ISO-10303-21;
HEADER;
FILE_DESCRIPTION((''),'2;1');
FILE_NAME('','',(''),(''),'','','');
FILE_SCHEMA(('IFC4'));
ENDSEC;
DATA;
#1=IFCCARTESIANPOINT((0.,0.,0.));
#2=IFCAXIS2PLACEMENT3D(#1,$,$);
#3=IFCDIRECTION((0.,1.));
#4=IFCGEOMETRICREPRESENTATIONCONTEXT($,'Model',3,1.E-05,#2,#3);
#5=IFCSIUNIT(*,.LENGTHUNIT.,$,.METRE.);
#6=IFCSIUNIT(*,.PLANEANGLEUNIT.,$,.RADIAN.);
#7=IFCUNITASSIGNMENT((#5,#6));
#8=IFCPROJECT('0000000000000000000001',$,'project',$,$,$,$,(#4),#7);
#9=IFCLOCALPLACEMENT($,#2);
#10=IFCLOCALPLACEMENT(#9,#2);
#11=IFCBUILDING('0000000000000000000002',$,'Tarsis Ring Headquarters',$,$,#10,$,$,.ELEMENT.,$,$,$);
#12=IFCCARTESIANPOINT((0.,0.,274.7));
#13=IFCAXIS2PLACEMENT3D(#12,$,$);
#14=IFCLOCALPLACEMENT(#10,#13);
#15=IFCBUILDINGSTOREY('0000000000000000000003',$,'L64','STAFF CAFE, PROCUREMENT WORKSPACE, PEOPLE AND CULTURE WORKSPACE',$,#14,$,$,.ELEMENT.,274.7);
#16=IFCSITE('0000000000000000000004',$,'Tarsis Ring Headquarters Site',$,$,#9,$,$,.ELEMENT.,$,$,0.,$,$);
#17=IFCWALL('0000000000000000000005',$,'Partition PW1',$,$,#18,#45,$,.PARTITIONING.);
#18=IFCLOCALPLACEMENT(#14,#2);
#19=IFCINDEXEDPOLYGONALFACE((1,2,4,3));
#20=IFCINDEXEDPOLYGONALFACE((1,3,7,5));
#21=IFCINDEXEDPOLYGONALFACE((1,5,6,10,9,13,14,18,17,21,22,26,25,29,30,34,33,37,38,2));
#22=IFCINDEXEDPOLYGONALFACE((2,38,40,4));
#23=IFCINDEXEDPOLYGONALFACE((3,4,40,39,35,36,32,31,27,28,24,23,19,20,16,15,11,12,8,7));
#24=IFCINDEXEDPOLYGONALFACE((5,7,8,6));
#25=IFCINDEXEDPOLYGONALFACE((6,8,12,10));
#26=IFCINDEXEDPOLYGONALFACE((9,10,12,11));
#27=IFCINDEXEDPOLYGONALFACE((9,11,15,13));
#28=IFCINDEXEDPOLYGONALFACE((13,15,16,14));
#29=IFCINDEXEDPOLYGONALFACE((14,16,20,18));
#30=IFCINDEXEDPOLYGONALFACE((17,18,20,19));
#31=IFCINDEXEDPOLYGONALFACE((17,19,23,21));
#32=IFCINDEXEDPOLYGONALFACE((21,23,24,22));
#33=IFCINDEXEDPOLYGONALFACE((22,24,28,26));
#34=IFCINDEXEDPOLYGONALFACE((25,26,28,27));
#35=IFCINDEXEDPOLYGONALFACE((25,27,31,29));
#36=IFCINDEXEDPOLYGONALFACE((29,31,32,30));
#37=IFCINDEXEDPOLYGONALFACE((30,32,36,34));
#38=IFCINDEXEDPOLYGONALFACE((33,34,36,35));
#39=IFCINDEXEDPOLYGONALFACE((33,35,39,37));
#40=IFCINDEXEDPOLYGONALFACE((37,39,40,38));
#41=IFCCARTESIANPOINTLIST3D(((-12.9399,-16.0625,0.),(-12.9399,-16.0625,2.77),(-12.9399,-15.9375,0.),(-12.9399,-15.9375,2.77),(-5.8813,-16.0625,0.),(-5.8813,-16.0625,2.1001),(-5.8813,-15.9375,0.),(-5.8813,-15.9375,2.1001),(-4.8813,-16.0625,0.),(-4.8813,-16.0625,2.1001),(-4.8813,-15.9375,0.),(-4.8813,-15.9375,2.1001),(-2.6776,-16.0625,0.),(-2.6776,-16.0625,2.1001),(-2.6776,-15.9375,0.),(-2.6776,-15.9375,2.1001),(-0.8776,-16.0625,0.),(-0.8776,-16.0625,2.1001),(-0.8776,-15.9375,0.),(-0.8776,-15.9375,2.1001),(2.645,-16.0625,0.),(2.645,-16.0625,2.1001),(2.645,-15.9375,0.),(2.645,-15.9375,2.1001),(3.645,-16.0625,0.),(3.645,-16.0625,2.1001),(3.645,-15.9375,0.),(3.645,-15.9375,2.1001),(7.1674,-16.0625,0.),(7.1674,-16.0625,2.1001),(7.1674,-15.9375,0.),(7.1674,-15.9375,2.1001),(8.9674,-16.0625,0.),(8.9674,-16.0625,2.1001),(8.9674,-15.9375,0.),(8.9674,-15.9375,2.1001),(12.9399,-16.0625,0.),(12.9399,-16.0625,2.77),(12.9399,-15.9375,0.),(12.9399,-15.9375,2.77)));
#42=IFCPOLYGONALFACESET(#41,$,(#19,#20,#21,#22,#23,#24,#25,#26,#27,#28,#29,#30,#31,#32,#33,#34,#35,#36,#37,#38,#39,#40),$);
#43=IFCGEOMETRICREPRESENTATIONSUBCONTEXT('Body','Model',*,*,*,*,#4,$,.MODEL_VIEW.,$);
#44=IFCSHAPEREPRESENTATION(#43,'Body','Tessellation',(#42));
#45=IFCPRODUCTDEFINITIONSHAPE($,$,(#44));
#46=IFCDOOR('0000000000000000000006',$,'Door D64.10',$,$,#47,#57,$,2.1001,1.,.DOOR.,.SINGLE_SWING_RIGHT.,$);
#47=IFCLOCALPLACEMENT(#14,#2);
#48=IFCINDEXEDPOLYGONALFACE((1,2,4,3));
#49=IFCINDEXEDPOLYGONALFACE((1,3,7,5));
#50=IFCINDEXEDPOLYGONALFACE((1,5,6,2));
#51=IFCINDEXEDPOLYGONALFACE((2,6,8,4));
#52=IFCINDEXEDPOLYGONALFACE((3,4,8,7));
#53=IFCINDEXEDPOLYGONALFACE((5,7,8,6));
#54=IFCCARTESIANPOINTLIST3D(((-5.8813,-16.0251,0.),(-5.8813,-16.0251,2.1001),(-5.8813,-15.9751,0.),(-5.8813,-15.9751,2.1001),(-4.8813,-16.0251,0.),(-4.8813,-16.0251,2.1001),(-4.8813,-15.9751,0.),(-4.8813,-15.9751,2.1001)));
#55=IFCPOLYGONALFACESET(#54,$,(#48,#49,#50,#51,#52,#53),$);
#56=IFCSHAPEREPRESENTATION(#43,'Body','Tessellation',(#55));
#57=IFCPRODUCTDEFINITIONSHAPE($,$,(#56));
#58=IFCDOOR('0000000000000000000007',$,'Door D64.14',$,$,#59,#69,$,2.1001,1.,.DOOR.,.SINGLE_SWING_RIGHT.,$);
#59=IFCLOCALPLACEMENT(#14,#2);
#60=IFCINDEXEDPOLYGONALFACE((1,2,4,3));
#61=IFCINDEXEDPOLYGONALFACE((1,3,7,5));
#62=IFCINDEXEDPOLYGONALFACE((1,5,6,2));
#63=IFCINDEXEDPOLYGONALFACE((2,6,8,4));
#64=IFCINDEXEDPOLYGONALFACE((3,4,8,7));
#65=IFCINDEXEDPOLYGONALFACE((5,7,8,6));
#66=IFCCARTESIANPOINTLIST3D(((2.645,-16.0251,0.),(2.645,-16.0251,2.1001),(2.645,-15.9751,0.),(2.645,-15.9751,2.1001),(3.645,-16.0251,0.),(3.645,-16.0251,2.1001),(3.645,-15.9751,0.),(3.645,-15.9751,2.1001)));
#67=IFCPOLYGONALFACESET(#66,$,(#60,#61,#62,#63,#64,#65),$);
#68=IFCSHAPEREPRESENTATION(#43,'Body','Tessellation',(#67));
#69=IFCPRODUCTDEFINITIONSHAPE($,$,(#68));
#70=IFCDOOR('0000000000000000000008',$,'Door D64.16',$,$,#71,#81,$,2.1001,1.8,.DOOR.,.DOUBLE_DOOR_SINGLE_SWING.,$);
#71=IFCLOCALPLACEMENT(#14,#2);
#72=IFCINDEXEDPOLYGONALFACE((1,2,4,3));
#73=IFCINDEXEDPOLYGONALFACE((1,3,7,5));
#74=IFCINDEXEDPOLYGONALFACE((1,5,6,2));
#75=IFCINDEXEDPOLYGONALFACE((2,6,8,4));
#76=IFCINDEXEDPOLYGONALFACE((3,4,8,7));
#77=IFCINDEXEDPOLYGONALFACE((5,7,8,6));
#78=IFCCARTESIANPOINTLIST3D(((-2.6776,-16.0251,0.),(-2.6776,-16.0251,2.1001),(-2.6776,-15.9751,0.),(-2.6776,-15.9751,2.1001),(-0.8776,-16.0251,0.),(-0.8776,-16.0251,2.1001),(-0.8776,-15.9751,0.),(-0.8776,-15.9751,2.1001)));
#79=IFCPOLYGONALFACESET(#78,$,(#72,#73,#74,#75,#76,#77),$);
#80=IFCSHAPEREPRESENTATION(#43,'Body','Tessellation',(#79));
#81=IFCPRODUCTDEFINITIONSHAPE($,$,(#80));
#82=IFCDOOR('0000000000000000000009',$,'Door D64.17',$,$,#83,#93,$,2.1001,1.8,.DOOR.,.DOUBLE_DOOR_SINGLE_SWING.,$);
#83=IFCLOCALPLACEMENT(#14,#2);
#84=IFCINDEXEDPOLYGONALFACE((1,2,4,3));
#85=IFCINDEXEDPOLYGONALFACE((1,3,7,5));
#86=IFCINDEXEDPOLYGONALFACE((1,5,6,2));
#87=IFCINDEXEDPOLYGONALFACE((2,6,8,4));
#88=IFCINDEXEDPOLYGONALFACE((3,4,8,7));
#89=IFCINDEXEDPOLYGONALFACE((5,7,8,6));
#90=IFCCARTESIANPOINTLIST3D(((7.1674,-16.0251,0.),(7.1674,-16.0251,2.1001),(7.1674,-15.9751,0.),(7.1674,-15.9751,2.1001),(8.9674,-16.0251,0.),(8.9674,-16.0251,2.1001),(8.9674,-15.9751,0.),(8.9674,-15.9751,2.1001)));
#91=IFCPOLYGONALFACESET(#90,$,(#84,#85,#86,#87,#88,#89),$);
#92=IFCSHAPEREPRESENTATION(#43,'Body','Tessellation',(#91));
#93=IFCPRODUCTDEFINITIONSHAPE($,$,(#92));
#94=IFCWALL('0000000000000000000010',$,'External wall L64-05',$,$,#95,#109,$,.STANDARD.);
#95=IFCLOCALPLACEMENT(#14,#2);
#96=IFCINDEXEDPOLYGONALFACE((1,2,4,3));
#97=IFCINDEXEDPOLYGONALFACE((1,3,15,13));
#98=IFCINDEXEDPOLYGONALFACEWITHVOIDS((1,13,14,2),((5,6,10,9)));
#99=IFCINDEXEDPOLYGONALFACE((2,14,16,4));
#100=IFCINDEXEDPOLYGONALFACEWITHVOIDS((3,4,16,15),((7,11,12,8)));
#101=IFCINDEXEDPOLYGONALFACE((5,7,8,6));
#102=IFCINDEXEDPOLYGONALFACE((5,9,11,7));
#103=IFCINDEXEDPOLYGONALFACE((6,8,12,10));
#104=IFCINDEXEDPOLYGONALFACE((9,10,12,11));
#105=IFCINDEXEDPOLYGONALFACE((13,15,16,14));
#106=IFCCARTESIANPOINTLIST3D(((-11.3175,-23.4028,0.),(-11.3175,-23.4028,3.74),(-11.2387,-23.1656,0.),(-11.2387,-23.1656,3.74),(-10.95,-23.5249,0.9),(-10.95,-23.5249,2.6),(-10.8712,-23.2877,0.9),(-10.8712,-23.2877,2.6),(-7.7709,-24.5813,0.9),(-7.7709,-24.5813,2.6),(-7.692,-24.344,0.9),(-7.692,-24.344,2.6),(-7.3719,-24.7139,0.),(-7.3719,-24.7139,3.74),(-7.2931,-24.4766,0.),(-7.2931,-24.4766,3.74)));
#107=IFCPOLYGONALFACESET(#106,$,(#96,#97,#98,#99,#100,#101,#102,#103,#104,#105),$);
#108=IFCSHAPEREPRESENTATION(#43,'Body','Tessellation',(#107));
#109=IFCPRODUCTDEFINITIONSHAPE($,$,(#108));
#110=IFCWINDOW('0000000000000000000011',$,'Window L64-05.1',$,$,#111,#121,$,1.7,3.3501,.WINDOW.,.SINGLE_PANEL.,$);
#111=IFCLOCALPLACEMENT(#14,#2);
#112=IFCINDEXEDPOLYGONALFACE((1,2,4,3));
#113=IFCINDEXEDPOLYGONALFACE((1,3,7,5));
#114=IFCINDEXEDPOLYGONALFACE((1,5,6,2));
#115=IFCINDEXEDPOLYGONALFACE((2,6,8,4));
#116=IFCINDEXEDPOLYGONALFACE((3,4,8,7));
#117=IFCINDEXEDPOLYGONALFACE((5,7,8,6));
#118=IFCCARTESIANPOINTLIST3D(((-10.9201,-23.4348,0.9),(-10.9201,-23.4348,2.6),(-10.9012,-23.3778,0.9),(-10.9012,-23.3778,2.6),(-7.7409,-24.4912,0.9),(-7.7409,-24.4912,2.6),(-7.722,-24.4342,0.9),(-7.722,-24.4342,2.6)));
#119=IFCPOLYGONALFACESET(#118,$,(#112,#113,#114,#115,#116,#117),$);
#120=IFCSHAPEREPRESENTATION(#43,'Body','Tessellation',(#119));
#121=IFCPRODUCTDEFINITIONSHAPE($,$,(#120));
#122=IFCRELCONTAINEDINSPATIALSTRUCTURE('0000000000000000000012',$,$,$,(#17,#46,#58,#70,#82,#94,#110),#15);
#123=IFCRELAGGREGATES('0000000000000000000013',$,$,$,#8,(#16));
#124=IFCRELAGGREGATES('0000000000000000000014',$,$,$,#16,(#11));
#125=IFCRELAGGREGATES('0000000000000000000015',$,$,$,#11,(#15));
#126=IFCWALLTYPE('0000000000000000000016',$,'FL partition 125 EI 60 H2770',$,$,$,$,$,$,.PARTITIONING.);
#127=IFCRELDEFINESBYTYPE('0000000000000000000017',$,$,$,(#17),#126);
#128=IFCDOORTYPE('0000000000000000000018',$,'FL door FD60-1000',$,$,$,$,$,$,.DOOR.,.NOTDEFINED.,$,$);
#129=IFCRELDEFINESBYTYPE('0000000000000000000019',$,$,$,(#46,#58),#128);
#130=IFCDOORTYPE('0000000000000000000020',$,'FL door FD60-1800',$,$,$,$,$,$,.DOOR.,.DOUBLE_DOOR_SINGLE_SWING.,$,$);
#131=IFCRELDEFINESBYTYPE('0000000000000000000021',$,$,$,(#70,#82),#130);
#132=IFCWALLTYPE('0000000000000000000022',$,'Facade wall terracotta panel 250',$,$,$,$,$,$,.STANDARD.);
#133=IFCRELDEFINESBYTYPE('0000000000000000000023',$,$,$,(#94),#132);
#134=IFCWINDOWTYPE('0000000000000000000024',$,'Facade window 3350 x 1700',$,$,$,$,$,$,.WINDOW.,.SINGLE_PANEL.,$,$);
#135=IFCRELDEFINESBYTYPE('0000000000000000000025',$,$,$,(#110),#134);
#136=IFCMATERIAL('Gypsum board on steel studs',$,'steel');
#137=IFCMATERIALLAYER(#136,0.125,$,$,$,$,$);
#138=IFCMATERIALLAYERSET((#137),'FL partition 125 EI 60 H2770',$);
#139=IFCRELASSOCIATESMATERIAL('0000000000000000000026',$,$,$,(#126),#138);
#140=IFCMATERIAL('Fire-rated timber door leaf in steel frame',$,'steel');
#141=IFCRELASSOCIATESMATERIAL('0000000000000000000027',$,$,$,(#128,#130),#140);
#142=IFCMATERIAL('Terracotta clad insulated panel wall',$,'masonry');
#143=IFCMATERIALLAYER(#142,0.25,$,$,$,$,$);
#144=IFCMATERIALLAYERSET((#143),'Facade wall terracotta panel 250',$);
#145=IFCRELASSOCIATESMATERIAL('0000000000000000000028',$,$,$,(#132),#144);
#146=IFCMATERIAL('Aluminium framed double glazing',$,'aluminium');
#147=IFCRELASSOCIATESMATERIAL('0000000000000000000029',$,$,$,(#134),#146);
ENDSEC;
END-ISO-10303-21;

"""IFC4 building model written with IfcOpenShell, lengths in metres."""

from ifc_helpers import new_model, si_unit, direction, frame, frame_2d, origin, place, context, subcontext, project, spatial, rectangle, extrude, material, layer, layer_set, type_object, element, fill, save


model = new_model("IFC4")

# Units and contexts
model_context = context("Model", 3, precision=1e-05, world=origin(), true_north=direction((0.0, 1.0)))
body_context = subcontext(model_context, "Body", "Model", "MODEL_VIEW")
ifc_project = project(units=[si_unit("LENGTHUNIT", "METRE"), si_unit("PLANEANGLEUNIT", "RADIAN")], contexts=[model_context])

# Site, building, storey
site_placement = place(None, origin())
site = spatial("IfcSite", under=ifc_project, at=site_placement, Name="Tarsis Ring Headquarters Site", CompositionType="ELEMENT", RefElevation=0.0)
building_placement = place(site_placement, origin())
building = spatial("IfcBuilding", under=site, at=building_placement, Name="Tarsis Ring Headquarters", CompositionType="ELEMENT")
storey_placement = place(building_placement, frame((0.0, 0.0, 274.7)))
storey = spatial("IfcBuildingStorey", under=building, at=storey_placement, Name="L64", Description="STAFF CAFE, PROCUREMENT WORKSPACE, PEOPLE AND CULTURE WORKSPACE", CompositionType="ELEMENT", Elevation=274.7)

# Shared definitions
ifc_material_1 = material(Name="Gypsum board on steel studs", Category="steel")

# Wall, openings, doors
ifc_layer_1 = layer(ifc_material_1, 0.125)
ifc_layer_set_1 = layer_set([ifc_layer_1], Name="FL partition 125 EI 60 H2770")
wall_type_1 = type_object("IfcWallType", Name="FL partition 125 EI 60 H2770", PredefinedType="PARTITIONING", material=ifc_layer_set_1)
ifc_material_2 = material(Name="Fire-rated timber door leaf in steel frame", Category="steel")
door_type_1 = type_object("IfcDoorType", Name="FL door FD60-1000", OperationType="NOTDEFINED", PredefinedType="DOOR", material=ifc_material_2)
door_type_2 = type_object("IfcDoorType", Name="FL door FD60-1800", OperationType="DOUBLE_DOOR_SINGLE_SWING", PredefinedType="DOOR", material=ifc_material_2)
wall_1_placement = place(storey_placement, frame((-12.9399, -16.0, 0.0), z_axis=(0.0, 0.0, 1.0), x_axis=(1.0, 0.0, 0.0)))
wall_1 = element("IfcWall", 1, at=wall_1_placement, inside=storey, type_object=wall_type_1, Name="Partition PW1", PredefinedType="PARTITIONING", context=body_context, shape_type="SweptSolid", body=[
    extrude(rectangle(XDim=25.8799, YDim=0.125, at=frame_2d((12.9399, 0.0))), origin(), (0.0, 0.0, 1.0), 2.77),
])
opening_1_placement = place(wall_1_placement, frame((7.0586, 0.0, 0.0)))
opening_1 = element("IfcOpeningElement", 2, at=opening_1_placement, cuts=wall_1, PredefinedType="OPENING", context=body_context, shape_type="SweptSolid", body=[
    extrude(rectangle(XDim=1.0, YDim=2.1001, at=frame_2d((0.5, 1.05))), frame((0.0, 0.0725, 0.0), z_axis=(0.0, -1.0, 0.0), x_axis=(1.0, 0.0, 0.0)), (0.0, 0.0, 1.0), 0.145),
])
opening_2_placement = place(wall_1_placement, frame((15.585, 0.0, 0.0)))
opening_2 = element("IfcOpeningElement", 3, at=opening_2_placement, cuts=wall_1, PredefinedType="OPENING", context=body_context, shape_type="SweptSolid", body=[
    extrude(rectangle(XDim=1.0, YDim=2.1001, at=frame_2d((0.5, 1.05))), frame((0.0, 0.0725, 0.0), z_axis=(0.0, -1.0, 0.0), x_axis=(1.0, 0.0, 0.0)), (0.0, 0.0, 1.0), 0.145),
])
opening_3_placement = place(wall_1_placement, frame((10.2625, 0.0, 0.0)))
opening_3 = element("IfcOpeningElement", 4, at=opening_3_placement, cuts=wall_1, PredefinedType="OPENING", context=body_context, shape_type="SweptSolid", body=[
    extrude(rectangle(XDim=1.8, YDim=2.1001, at=frame_2d((0.8999, 1.05))), frame((0.0, 0.0725, 0.0), z_axis=(0.0, -1.0, 0.0), x_axis=(1.0, 0.0, 0.0)), (0.0, 0.0, 1.0), 0.145),
])
opening_4_placement = place(wall_1_placement, frame((20.1074, 0.0, 0.0)))
opening_4 = element("IfcOpeningElement", 5, at=opening_4_placement, cuts=wall_1, PredefinedType="OPENING", context=body_context, shape_type="SweptSolid", body=[
    extrude(rectangle(XDim=1.8, YDim=2.1001, at=frame_2d((0.8999, 1.05))), frame((0.0, 0.0725, 0.0), z_axis=(0.0, -1.0, 0.0), x_axis=(1.0, 0.0, 0.0)), (0.0, 0.0, 1.0), 0.145),
])
door_1_placement = place(opening_1_placement, origin())
door_1 = element("IfcDoor", 6, at=door_1_placement, inside=storey, type_object=door_type_1, Name="Door D64.10", OperationType="SINGLE_SWING_RIGHT", OverallHeight=2.1001, OverallWidth=1.0, PredefinedType="DOOR", context=body_context, shape_type="SweptSolid", body=[
    extrude(rectangle(XDim=1.0, YDim=2.1001, at=frame_2d((0.5, 1.05))), frame((0.0, 0.0249, 0.0), z_axis=(0.0, -1.0, 0.0), x_axis=(1.0, 0.0, 0.0)), (0.0, 0.0, 1.0), 0.05),
])
fill(opening_1, door_1)
door_2_placement = place(opening_2_placement, origin())
door_2 = element("IfcDoor", 7, at=door_2_placement, inside=storey, type_object=door_type_1, Name="Door D64.14", OperationType="SINGLE_SWING_RIGHT", OverallHeight=2.1001, OverallWidth=1.0, PredefinedType="DOOR", context=body_context, shape_type="SweptSolid", body=[
    extrude(rectangle(XDim=1.0, YDim=2.1001, at=frame_2d((0.5, 1.05))), frame((0.0, 0.0249, 0.0), z_axis=(0.0, -1.0, 0.0), x_axis=(1.0, 0.0, 0.0)), (0.0, 0.0, 1.0), 0.05),
])
fill(opening_2, door_2)
door_3_placement = place(opening_3_placement, origin())
door_3 = element("IfcDoor", 8, at=door_3_placement, inside=storey, type_object=door_type_2, Name="Door D64.16", OperationType="DOUBLE_DOOR_SINGLE_SWING", OverallHeight=2.1001, OverallWidth=1.8, PredefinedType="DOOR", context=body_context, shape_type="SweptSolid", body=[
    extrude(rectangle(XDim=1.8, YDim=2.1001, at=frame_2d((0.8999, 1.05))), frame((0.0, 0.0249, 0.0), z_axis=(0.0, -1.0, 0.0), x_axis=(1.0, 0.0, 0.0)), (0.0, 0.0, 1.0), 0.05),
])
fill(opening_3, door_3)
door_4_placement = place(opening_4_placement, origin())
door_4 = element("IfcDoor", 9, at=door_4_placement, inside=storey, type_object=door_type_2, Name="Door D64.17", OperationType="DOUBLE_DOOR_SINGLE_SWING", OverallHeight=2.1001, OverallWidth=1.8, PredefinedType="DOOR", context=body_context, shape_type="SweptSolid", body=[
    extrude(rectangle(XDim=1.8, YDim=2.1001, at=frame_2d((0.8999, 1.05))), frame((0.0, 0.0249, 0.0), z_axis=(0.0, -1.0, 0.0), x_axis=(1.0, 0.0, 0.0)), (0.0, 0.0, 1.0), 0.05),
])
fill(opening_4, door_4)

# Wall, opening, window
ifc_material_3 = material(Name="Terracotta clad insulated panel wall", Category="masonry")
ifc_layer_2 = layer(ifc_material_3, 0.25)
ifc_layer_set_2 = layer_set([ifc_layer_2], Name="Facade wall terracotta panel 250")
wall_type_2 = type_object("IfcWallType", Name="Facade wall terracotta panel 250", PredefinedType="STANDARD", material=ifc_layer_set_2)
wall_2_placement = place(storey_placement, frame((-11.2781, -23.2842, 0.0), z_axis=(0.0, 0.0, 1.0), x_axis=(0.948982, -0.315329, 0.0)))
wall_2 = element("IfcWall", 10, at=wall_2_placement, inside=storey, type_object=wall_type_2, Name="External wall L64-05", PredefinedType="STANDARD", context=body_context, shape_type="SweptSolid", body=[
    extrude(rectangle(XDim=4.1577, YDim=0.25, at=frame_2d((2.0789, 0.0))), origin(), (0.0, 0.0, 1.0), 3.74),
])
opening_5_placement = place(wall_2_placement, frame((0.3872, 0.0, 0.8999)))
opening_5 = element("IfcOpeningElement", 11, at=opening_5_placement, cuts=wall_2, PredefinedType="OPENING", context=body_context, shape_type="SweptSolid", body=[
    extrude(rectangle(XDim=3.3501, YDim=1.7, at=frame_2d((1.675, 0.8501))), frame((0.0, 0.135, 0.0), z_axis=(0.0, -1.0, 0.0), x_axis=(1.0, 0.0, 0.0)), (0.0, 0.0, 1.0), 0.27),
])
ifc_material_4 = material(Name="Aluminium framed double glazing", Category="aluminium")
window_type_1 = type_object("IfcWindowType", Name="Facade window 3350 x 1700", PartitioningType="SINGLE_PANEL", PredefinedType="WINDOW", material=ifc_material_4)
window_1_placement = place(opening_5_placement, origin())
window_1 = element("IfcWindow", 12, at=window_1_placement, inside=storey, type_object=window_type_1, Name="Window L64-05.1", OverallHeight=1.7, OverallWidth=3.3501, PartitioningType="SINGLE_PANEL", PredefinedType="WINDOW", context=body_context, shape_type="SweptSolid", body=[
    extrude(rectangle(XDim=3.3501, YDim=1.7, at=frame_2d((1.675, 0.8501))), frame((0.0, 0.03, 0.0), z_axis=(0.0, -1.0, 0.0), x_axis=(1.0, 0.0, 0.0)), (0.0, 0.0, 1.0), 0.0601),
])
fill(opening_5, window_1)

save(model, "model.ifc")
